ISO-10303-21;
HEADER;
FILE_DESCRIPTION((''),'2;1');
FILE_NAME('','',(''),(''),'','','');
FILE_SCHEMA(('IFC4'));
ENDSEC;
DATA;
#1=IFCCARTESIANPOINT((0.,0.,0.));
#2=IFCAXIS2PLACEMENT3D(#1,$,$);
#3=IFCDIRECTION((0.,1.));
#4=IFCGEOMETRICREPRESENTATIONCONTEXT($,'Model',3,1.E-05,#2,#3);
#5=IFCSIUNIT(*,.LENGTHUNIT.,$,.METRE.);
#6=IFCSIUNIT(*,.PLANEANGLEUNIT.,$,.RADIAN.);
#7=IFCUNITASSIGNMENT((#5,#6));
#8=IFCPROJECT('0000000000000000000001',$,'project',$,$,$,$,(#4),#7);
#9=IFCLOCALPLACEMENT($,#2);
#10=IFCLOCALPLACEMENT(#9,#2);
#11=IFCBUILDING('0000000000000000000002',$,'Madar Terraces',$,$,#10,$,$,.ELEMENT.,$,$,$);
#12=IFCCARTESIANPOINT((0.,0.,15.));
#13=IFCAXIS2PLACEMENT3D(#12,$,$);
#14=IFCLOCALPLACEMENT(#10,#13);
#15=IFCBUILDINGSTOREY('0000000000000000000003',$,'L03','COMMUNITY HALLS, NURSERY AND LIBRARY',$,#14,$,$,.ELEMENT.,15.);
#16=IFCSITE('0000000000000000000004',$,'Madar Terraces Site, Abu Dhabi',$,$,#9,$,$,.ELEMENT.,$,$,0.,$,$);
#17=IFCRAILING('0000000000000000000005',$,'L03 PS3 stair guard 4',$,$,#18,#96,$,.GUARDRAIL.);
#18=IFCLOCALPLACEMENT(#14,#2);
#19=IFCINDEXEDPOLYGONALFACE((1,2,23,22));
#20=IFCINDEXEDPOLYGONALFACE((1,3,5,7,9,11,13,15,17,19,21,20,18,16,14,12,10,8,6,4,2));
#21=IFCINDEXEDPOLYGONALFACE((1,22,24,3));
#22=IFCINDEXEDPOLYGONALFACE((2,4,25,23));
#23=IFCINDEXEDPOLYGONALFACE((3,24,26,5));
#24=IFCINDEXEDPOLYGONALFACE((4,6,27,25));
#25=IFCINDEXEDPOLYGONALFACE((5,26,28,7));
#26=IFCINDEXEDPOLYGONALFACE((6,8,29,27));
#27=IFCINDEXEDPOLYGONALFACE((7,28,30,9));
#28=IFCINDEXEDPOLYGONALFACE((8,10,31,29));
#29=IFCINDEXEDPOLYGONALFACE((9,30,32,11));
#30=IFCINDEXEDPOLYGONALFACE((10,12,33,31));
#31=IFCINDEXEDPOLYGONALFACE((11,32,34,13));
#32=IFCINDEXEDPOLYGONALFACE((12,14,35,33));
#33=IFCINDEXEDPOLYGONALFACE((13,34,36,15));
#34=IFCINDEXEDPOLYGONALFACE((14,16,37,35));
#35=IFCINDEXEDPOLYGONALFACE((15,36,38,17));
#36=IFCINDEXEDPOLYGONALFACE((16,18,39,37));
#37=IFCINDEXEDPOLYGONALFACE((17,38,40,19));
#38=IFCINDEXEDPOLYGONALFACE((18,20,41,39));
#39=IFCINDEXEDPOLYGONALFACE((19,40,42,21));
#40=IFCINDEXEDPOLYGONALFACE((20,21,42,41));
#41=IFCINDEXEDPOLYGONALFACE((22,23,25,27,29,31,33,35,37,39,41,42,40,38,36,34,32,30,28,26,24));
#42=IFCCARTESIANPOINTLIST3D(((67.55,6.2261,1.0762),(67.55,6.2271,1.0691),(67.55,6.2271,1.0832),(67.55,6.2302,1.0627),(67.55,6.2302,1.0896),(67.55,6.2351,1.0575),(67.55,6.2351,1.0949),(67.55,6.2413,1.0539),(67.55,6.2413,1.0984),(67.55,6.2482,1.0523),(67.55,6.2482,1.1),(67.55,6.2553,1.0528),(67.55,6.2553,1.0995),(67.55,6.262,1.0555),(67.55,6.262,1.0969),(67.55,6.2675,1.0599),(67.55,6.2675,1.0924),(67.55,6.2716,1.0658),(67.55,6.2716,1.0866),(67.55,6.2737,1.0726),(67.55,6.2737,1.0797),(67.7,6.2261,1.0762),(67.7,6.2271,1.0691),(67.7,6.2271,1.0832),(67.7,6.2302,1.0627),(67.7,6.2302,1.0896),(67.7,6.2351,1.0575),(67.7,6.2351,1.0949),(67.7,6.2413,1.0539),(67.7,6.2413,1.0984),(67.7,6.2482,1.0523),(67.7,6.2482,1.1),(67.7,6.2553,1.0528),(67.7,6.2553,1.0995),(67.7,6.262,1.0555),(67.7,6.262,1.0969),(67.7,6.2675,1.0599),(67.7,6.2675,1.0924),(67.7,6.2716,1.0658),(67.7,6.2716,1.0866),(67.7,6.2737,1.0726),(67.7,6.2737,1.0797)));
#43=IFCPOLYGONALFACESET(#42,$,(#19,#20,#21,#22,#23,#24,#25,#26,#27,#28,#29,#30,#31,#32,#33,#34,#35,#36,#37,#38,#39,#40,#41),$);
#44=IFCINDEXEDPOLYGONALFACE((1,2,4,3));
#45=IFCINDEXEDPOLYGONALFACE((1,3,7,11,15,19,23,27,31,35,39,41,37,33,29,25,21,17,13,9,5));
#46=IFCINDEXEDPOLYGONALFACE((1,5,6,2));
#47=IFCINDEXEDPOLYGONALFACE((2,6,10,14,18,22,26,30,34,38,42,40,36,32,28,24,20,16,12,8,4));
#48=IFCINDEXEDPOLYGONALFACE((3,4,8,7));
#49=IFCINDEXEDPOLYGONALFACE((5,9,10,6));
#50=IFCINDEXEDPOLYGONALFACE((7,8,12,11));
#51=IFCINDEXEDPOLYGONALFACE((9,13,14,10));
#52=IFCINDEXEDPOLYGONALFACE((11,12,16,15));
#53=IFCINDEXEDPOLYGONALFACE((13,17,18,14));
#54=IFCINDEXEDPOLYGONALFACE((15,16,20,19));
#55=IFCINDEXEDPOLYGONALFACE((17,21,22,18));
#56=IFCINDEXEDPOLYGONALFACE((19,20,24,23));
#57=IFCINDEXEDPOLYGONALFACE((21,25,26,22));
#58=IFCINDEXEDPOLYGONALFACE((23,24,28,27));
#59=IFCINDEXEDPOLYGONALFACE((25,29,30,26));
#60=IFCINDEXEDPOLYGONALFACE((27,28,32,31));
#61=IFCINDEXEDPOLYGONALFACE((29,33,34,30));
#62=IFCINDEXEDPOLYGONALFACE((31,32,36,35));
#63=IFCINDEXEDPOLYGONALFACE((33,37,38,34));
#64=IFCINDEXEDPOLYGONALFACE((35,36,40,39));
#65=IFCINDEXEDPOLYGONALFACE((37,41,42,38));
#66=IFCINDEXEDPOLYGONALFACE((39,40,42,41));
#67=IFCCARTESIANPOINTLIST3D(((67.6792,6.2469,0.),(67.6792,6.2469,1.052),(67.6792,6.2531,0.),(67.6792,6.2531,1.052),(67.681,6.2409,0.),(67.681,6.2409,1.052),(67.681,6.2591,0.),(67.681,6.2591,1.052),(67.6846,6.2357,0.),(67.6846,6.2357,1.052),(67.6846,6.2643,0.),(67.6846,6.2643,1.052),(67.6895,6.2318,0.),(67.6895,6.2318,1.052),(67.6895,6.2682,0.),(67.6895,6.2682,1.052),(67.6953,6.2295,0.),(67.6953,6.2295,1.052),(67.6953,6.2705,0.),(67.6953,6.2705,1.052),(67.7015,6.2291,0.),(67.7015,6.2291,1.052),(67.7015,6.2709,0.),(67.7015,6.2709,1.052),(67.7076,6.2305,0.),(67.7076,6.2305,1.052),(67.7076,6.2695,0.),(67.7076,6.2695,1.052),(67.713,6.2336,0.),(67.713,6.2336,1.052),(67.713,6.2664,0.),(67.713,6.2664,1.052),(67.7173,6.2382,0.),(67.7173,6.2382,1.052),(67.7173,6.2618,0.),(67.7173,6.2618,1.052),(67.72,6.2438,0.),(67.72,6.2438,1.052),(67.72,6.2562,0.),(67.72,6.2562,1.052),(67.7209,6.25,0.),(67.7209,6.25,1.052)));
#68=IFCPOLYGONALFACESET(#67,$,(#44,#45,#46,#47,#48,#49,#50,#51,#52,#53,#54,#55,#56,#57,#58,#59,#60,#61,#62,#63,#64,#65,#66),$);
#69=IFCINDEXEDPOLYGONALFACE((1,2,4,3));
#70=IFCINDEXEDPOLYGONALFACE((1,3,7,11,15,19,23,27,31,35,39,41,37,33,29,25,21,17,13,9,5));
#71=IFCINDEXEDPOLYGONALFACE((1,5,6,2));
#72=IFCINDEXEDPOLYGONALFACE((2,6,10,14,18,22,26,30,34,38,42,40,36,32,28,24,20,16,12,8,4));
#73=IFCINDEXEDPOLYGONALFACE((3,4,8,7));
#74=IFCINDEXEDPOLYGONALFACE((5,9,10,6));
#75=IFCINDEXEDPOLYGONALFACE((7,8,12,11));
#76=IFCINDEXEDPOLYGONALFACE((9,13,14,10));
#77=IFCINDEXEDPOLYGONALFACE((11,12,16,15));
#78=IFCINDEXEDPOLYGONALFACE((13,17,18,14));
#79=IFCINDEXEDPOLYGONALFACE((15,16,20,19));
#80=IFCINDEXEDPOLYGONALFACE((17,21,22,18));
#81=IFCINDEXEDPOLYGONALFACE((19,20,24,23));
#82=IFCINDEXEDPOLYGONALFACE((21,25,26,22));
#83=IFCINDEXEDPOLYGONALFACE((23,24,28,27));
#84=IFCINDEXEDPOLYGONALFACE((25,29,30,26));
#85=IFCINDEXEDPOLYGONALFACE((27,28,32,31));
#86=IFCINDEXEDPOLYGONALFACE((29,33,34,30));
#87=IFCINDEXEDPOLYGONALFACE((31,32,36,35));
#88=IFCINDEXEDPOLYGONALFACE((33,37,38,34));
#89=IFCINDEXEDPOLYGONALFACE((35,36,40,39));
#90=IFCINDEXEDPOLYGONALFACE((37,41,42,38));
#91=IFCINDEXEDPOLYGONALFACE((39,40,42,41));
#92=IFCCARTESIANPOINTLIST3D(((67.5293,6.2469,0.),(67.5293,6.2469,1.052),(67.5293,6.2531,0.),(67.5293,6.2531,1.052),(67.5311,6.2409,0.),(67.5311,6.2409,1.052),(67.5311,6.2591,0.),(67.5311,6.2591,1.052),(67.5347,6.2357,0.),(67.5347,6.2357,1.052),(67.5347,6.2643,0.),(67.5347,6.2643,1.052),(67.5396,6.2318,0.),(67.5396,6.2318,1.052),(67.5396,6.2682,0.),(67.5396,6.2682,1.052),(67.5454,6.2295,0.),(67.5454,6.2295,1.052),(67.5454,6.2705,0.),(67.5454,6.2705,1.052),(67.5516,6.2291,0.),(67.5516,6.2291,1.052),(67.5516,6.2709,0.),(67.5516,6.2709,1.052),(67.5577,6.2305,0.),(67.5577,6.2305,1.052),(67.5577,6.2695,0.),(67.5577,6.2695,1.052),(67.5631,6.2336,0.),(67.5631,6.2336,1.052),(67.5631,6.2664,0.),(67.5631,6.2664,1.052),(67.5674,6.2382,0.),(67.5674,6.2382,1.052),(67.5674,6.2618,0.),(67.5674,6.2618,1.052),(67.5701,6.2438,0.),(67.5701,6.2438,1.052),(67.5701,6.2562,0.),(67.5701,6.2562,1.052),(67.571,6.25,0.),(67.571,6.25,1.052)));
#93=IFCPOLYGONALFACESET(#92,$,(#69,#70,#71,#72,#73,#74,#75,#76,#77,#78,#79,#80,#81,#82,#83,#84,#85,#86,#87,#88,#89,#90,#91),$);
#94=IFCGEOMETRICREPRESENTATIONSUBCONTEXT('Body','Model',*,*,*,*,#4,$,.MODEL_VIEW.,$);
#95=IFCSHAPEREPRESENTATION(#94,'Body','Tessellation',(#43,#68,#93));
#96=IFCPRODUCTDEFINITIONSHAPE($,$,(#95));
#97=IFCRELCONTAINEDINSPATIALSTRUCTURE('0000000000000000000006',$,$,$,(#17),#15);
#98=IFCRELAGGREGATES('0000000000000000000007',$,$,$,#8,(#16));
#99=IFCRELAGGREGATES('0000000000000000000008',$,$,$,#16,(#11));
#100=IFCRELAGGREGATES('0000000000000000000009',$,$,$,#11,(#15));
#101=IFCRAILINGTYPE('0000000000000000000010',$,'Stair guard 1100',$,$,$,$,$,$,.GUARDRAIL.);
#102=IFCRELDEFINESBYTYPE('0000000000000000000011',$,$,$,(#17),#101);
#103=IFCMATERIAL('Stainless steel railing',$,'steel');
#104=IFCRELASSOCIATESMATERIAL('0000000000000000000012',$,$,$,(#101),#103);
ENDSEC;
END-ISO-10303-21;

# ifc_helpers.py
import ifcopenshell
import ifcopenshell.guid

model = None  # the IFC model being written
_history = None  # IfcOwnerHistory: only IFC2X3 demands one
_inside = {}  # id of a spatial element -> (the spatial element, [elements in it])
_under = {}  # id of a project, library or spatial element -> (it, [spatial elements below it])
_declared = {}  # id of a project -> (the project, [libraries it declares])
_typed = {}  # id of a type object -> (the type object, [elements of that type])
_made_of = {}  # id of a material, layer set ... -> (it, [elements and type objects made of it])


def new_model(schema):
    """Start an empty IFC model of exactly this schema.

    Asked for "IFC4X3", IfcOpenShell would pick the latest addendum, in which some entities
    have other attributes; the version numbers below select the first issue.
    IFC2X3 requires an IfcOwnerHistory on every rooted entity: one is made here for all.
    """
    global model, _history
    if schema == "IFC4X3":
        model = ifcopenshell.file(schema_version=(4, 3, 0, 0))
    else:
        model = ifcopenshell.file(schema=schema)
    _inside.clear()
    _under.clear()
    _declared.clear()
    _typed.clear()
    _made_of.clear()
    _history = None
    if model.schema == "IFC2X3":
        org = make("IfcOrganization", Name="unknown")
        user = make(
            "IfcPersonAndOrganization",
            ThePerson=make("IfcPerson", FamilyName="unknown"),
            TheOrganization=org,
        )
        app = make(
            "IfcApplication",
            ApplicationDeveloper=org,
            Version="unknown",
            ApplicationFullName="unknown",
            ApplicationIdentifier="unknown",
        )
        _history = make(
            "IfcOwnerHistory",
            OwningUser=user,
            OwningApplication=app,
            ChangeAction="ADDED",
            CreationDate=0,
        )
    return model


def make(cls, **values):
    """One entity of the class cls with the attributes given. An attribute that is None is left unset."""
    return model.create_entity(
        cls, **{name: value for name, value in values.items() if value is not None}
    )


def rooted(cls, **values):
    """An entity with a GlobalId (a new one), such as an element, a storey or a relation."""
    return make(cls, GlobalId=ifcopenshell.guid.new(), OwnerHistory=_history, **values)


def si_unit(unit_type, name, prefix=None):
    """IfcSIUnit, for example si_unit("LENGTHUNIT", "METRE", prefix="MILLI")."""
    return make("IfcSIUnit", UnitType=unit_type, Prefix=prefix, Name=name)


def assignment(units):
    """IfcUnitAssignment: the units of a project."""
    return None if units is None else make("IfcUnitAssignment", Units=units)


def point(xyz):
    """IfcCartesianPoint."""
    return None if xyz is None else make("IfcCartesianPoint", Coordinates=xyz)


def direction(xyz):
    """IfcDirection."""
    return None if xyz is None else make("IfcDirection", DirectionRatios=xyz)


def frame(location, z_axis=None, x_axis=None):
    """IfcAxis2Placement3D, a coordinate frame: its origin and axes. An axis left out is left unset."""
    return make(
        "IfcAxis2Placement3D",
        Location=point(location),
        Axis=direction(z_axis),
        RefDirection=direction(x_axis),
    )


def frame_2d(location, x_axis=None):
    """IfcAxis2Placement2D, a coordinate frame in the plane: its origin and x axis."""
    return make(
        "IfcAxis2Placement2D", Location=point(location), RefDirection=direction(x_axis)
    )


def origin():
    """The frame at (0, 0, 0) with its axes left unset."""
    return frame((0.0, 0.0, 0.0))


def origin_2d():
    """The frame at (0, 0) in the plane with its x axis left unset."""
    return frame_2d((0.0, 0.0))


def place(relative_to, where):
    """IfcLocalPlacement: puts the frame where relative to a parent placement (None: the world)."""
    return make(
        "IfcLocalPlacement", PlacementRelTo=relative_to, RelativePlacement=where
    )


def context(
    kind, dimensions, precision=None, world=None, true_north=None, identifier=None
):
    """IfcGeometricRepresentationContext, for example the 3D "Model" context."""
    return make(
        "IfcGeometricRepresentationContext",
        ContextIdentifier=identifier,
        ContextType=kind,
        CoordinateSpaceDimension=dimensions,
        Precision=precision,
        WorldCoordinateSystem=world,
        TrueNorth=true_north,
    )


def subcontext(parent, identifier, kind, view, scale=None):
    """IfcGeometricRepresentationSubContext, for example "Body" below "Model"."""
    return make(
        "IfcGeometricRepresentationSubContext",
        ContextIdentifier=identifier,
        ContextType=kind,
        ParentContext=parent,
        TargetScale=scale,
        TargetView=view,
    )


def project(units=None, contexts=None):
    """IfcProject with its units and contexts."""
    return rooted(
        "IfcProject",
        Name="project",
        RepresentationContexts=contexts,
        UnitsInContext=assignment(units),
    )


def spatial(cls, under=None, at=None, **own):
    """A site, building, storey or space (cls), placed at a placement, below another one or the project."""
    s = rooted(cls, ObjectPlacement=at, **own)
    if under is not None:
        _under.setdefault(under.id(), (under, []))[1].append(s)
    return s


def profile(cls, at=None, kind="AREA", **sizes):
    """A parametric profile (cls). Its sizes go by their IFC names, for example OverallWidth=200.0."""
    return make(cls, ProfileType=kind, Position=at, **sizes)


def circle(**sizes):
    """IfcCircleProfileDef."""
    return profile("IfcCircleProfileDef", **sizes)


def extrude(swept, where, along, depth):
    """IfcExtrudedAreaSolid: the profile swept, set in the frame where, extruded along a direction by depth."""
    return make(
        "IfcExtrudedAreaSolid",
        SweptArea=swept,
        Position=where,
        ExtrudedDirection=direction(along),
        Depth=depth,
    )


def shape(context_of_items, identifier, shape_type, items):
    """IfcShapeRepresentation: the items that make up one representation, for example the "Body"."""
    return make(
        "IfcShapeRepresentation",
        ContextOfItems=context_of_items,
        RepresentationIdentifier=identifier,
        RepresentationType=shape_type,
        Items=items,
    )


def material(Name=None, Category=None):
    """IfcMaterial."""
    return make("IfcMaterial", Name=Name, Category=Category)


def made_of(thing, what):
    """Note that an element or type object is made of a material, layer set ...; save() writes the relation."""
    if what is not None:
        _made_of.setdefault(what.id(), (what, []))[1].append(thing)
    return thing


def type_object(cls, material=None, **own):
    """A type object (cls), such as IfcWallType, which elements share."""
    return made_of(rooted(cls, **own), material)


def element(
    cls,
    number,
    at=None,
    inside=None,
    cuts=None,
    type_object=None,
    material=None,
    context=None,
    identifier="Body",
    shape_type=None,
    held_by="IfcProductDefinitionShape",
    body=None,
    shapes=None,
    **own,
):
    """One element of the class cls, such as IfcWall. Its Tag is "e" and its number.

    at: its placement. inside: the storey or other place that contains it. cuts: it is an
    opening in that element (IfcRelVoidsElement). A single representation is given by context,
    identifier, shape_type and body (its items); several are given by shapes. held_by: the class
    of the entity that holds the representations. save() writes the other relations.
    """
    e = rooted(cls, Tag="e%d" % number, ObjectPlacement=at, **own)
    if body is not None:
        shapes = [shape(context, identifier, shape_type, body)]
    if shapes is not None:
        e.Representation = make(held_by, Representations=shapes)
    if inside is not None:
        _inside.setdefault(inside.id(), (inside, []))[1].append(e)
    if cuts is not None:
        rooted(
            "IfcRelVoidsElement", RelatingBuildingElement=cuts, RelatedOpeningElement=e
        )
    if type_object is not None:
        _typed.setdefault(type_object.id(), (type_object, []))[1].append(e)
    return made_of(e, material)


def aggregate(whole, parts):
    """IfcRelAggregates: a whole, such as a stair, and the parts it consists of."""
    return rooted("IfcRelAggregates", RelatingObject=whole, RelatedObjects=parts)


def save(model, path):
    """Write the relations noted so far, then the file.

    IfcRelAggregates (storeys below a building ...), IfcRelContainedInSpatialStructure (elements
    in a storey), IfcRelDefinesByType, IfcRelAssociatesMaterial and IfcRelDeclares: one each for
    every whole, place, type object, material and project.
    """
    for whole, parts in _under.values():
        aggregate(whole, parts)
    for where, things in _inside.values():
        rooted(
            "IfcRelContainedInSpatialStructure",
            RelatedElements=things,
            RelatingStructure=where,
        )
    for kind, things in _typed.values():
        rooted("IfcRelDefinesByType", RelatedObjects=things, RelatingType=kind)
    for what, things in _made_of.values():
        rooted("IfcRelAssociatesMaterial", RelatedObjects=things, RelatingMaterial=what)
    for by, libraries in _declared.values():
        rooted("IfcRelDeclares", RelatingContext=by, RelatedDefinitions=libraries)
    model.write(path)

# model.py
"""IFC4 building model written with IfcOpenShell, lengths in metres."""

from ifc_helpers import new_model, si_unit, direction, frame, origin, origin_2d, place, context, subcontext, project, spatial, circle, extrude, material, type_object, element, save


model = new_model("IFC4")

# Units and contexts
model_context = context("Model", 3, precision=1e-05, world=origin(), true_north=direction((0.0, 1.0)))
body_context = subcontext(model_context, "Body", "Model", "MODEL_VIEW")
ifc_project = project(units=[si_unit("LENGTHUNIT", "METRE"), si_unit("PLANEANGLEUNIT", "RADIAN")], contexts=[model_context])

# Site, building, storey
site_placement = place(None, origin())
site = spatial("IfcSite", under=ifc_project, at=site_placement, Name="Madar Terraces Site, Abu Dhabi", CompositionType="ELEMENT", RefElevation=0.0)
building_placement = place(site_placement, origin())
building = spatial("IfcBuilding", under=site, at=building_placement, Name="Madar Terraces", CompositionType="ELEMENT")
storey_placement = place(building_placement, frame((0.0, 0.0, 15.0)))
storey = spatial("IfcBuildingStorey", under=building, at=storey_placement, Name="L03", Description="COMMUNITY HALLS, NURSERY AND LIBRARY", CompositionType="ELEMENT", Elevation=15.0)

# Railing
ifc_material_1 = material(Name="Stainless steel railing", Category="steel")
railing_type_1 = type_object("IfcRailingType", Name="Stair guard 1100", PredefinedType="GUARDRAIL", material=ifc_material_1)
railing_1_placement = place(storey_placement, frame((67.7, 6.25, 0.0)))
element("IfcRailing", 1, at=railing_1_placement, inside=storey, type_object=railing_type_1, Name="L03 PS3 stair guard 4", PredefinedType="GUARDRAIL", context=body_context, shape_type="SweptSolid", body=[
    extrude(circle(Radius=0.0239, at=origin_2d()), frame((0.0, 0.0, 1.0762), z_axis=(-1.0, 0.0, 0.0), x_axis=(0.0, -1.0, 0.0)), (0.0, 0.0, 1.0), 0.1499),
    extrude(circle(Radius=0.021, at=origin_2d()), origin(), (0.0, 0.0, 1.0), 1.052),
    extrude(circle(Radius=0.021, at=origin_2d()), frame((-0.1499, 0.0, 0.0)), (0.0, 0.0, 1.0), 1.052),
])

save(model, "model.ifc")
